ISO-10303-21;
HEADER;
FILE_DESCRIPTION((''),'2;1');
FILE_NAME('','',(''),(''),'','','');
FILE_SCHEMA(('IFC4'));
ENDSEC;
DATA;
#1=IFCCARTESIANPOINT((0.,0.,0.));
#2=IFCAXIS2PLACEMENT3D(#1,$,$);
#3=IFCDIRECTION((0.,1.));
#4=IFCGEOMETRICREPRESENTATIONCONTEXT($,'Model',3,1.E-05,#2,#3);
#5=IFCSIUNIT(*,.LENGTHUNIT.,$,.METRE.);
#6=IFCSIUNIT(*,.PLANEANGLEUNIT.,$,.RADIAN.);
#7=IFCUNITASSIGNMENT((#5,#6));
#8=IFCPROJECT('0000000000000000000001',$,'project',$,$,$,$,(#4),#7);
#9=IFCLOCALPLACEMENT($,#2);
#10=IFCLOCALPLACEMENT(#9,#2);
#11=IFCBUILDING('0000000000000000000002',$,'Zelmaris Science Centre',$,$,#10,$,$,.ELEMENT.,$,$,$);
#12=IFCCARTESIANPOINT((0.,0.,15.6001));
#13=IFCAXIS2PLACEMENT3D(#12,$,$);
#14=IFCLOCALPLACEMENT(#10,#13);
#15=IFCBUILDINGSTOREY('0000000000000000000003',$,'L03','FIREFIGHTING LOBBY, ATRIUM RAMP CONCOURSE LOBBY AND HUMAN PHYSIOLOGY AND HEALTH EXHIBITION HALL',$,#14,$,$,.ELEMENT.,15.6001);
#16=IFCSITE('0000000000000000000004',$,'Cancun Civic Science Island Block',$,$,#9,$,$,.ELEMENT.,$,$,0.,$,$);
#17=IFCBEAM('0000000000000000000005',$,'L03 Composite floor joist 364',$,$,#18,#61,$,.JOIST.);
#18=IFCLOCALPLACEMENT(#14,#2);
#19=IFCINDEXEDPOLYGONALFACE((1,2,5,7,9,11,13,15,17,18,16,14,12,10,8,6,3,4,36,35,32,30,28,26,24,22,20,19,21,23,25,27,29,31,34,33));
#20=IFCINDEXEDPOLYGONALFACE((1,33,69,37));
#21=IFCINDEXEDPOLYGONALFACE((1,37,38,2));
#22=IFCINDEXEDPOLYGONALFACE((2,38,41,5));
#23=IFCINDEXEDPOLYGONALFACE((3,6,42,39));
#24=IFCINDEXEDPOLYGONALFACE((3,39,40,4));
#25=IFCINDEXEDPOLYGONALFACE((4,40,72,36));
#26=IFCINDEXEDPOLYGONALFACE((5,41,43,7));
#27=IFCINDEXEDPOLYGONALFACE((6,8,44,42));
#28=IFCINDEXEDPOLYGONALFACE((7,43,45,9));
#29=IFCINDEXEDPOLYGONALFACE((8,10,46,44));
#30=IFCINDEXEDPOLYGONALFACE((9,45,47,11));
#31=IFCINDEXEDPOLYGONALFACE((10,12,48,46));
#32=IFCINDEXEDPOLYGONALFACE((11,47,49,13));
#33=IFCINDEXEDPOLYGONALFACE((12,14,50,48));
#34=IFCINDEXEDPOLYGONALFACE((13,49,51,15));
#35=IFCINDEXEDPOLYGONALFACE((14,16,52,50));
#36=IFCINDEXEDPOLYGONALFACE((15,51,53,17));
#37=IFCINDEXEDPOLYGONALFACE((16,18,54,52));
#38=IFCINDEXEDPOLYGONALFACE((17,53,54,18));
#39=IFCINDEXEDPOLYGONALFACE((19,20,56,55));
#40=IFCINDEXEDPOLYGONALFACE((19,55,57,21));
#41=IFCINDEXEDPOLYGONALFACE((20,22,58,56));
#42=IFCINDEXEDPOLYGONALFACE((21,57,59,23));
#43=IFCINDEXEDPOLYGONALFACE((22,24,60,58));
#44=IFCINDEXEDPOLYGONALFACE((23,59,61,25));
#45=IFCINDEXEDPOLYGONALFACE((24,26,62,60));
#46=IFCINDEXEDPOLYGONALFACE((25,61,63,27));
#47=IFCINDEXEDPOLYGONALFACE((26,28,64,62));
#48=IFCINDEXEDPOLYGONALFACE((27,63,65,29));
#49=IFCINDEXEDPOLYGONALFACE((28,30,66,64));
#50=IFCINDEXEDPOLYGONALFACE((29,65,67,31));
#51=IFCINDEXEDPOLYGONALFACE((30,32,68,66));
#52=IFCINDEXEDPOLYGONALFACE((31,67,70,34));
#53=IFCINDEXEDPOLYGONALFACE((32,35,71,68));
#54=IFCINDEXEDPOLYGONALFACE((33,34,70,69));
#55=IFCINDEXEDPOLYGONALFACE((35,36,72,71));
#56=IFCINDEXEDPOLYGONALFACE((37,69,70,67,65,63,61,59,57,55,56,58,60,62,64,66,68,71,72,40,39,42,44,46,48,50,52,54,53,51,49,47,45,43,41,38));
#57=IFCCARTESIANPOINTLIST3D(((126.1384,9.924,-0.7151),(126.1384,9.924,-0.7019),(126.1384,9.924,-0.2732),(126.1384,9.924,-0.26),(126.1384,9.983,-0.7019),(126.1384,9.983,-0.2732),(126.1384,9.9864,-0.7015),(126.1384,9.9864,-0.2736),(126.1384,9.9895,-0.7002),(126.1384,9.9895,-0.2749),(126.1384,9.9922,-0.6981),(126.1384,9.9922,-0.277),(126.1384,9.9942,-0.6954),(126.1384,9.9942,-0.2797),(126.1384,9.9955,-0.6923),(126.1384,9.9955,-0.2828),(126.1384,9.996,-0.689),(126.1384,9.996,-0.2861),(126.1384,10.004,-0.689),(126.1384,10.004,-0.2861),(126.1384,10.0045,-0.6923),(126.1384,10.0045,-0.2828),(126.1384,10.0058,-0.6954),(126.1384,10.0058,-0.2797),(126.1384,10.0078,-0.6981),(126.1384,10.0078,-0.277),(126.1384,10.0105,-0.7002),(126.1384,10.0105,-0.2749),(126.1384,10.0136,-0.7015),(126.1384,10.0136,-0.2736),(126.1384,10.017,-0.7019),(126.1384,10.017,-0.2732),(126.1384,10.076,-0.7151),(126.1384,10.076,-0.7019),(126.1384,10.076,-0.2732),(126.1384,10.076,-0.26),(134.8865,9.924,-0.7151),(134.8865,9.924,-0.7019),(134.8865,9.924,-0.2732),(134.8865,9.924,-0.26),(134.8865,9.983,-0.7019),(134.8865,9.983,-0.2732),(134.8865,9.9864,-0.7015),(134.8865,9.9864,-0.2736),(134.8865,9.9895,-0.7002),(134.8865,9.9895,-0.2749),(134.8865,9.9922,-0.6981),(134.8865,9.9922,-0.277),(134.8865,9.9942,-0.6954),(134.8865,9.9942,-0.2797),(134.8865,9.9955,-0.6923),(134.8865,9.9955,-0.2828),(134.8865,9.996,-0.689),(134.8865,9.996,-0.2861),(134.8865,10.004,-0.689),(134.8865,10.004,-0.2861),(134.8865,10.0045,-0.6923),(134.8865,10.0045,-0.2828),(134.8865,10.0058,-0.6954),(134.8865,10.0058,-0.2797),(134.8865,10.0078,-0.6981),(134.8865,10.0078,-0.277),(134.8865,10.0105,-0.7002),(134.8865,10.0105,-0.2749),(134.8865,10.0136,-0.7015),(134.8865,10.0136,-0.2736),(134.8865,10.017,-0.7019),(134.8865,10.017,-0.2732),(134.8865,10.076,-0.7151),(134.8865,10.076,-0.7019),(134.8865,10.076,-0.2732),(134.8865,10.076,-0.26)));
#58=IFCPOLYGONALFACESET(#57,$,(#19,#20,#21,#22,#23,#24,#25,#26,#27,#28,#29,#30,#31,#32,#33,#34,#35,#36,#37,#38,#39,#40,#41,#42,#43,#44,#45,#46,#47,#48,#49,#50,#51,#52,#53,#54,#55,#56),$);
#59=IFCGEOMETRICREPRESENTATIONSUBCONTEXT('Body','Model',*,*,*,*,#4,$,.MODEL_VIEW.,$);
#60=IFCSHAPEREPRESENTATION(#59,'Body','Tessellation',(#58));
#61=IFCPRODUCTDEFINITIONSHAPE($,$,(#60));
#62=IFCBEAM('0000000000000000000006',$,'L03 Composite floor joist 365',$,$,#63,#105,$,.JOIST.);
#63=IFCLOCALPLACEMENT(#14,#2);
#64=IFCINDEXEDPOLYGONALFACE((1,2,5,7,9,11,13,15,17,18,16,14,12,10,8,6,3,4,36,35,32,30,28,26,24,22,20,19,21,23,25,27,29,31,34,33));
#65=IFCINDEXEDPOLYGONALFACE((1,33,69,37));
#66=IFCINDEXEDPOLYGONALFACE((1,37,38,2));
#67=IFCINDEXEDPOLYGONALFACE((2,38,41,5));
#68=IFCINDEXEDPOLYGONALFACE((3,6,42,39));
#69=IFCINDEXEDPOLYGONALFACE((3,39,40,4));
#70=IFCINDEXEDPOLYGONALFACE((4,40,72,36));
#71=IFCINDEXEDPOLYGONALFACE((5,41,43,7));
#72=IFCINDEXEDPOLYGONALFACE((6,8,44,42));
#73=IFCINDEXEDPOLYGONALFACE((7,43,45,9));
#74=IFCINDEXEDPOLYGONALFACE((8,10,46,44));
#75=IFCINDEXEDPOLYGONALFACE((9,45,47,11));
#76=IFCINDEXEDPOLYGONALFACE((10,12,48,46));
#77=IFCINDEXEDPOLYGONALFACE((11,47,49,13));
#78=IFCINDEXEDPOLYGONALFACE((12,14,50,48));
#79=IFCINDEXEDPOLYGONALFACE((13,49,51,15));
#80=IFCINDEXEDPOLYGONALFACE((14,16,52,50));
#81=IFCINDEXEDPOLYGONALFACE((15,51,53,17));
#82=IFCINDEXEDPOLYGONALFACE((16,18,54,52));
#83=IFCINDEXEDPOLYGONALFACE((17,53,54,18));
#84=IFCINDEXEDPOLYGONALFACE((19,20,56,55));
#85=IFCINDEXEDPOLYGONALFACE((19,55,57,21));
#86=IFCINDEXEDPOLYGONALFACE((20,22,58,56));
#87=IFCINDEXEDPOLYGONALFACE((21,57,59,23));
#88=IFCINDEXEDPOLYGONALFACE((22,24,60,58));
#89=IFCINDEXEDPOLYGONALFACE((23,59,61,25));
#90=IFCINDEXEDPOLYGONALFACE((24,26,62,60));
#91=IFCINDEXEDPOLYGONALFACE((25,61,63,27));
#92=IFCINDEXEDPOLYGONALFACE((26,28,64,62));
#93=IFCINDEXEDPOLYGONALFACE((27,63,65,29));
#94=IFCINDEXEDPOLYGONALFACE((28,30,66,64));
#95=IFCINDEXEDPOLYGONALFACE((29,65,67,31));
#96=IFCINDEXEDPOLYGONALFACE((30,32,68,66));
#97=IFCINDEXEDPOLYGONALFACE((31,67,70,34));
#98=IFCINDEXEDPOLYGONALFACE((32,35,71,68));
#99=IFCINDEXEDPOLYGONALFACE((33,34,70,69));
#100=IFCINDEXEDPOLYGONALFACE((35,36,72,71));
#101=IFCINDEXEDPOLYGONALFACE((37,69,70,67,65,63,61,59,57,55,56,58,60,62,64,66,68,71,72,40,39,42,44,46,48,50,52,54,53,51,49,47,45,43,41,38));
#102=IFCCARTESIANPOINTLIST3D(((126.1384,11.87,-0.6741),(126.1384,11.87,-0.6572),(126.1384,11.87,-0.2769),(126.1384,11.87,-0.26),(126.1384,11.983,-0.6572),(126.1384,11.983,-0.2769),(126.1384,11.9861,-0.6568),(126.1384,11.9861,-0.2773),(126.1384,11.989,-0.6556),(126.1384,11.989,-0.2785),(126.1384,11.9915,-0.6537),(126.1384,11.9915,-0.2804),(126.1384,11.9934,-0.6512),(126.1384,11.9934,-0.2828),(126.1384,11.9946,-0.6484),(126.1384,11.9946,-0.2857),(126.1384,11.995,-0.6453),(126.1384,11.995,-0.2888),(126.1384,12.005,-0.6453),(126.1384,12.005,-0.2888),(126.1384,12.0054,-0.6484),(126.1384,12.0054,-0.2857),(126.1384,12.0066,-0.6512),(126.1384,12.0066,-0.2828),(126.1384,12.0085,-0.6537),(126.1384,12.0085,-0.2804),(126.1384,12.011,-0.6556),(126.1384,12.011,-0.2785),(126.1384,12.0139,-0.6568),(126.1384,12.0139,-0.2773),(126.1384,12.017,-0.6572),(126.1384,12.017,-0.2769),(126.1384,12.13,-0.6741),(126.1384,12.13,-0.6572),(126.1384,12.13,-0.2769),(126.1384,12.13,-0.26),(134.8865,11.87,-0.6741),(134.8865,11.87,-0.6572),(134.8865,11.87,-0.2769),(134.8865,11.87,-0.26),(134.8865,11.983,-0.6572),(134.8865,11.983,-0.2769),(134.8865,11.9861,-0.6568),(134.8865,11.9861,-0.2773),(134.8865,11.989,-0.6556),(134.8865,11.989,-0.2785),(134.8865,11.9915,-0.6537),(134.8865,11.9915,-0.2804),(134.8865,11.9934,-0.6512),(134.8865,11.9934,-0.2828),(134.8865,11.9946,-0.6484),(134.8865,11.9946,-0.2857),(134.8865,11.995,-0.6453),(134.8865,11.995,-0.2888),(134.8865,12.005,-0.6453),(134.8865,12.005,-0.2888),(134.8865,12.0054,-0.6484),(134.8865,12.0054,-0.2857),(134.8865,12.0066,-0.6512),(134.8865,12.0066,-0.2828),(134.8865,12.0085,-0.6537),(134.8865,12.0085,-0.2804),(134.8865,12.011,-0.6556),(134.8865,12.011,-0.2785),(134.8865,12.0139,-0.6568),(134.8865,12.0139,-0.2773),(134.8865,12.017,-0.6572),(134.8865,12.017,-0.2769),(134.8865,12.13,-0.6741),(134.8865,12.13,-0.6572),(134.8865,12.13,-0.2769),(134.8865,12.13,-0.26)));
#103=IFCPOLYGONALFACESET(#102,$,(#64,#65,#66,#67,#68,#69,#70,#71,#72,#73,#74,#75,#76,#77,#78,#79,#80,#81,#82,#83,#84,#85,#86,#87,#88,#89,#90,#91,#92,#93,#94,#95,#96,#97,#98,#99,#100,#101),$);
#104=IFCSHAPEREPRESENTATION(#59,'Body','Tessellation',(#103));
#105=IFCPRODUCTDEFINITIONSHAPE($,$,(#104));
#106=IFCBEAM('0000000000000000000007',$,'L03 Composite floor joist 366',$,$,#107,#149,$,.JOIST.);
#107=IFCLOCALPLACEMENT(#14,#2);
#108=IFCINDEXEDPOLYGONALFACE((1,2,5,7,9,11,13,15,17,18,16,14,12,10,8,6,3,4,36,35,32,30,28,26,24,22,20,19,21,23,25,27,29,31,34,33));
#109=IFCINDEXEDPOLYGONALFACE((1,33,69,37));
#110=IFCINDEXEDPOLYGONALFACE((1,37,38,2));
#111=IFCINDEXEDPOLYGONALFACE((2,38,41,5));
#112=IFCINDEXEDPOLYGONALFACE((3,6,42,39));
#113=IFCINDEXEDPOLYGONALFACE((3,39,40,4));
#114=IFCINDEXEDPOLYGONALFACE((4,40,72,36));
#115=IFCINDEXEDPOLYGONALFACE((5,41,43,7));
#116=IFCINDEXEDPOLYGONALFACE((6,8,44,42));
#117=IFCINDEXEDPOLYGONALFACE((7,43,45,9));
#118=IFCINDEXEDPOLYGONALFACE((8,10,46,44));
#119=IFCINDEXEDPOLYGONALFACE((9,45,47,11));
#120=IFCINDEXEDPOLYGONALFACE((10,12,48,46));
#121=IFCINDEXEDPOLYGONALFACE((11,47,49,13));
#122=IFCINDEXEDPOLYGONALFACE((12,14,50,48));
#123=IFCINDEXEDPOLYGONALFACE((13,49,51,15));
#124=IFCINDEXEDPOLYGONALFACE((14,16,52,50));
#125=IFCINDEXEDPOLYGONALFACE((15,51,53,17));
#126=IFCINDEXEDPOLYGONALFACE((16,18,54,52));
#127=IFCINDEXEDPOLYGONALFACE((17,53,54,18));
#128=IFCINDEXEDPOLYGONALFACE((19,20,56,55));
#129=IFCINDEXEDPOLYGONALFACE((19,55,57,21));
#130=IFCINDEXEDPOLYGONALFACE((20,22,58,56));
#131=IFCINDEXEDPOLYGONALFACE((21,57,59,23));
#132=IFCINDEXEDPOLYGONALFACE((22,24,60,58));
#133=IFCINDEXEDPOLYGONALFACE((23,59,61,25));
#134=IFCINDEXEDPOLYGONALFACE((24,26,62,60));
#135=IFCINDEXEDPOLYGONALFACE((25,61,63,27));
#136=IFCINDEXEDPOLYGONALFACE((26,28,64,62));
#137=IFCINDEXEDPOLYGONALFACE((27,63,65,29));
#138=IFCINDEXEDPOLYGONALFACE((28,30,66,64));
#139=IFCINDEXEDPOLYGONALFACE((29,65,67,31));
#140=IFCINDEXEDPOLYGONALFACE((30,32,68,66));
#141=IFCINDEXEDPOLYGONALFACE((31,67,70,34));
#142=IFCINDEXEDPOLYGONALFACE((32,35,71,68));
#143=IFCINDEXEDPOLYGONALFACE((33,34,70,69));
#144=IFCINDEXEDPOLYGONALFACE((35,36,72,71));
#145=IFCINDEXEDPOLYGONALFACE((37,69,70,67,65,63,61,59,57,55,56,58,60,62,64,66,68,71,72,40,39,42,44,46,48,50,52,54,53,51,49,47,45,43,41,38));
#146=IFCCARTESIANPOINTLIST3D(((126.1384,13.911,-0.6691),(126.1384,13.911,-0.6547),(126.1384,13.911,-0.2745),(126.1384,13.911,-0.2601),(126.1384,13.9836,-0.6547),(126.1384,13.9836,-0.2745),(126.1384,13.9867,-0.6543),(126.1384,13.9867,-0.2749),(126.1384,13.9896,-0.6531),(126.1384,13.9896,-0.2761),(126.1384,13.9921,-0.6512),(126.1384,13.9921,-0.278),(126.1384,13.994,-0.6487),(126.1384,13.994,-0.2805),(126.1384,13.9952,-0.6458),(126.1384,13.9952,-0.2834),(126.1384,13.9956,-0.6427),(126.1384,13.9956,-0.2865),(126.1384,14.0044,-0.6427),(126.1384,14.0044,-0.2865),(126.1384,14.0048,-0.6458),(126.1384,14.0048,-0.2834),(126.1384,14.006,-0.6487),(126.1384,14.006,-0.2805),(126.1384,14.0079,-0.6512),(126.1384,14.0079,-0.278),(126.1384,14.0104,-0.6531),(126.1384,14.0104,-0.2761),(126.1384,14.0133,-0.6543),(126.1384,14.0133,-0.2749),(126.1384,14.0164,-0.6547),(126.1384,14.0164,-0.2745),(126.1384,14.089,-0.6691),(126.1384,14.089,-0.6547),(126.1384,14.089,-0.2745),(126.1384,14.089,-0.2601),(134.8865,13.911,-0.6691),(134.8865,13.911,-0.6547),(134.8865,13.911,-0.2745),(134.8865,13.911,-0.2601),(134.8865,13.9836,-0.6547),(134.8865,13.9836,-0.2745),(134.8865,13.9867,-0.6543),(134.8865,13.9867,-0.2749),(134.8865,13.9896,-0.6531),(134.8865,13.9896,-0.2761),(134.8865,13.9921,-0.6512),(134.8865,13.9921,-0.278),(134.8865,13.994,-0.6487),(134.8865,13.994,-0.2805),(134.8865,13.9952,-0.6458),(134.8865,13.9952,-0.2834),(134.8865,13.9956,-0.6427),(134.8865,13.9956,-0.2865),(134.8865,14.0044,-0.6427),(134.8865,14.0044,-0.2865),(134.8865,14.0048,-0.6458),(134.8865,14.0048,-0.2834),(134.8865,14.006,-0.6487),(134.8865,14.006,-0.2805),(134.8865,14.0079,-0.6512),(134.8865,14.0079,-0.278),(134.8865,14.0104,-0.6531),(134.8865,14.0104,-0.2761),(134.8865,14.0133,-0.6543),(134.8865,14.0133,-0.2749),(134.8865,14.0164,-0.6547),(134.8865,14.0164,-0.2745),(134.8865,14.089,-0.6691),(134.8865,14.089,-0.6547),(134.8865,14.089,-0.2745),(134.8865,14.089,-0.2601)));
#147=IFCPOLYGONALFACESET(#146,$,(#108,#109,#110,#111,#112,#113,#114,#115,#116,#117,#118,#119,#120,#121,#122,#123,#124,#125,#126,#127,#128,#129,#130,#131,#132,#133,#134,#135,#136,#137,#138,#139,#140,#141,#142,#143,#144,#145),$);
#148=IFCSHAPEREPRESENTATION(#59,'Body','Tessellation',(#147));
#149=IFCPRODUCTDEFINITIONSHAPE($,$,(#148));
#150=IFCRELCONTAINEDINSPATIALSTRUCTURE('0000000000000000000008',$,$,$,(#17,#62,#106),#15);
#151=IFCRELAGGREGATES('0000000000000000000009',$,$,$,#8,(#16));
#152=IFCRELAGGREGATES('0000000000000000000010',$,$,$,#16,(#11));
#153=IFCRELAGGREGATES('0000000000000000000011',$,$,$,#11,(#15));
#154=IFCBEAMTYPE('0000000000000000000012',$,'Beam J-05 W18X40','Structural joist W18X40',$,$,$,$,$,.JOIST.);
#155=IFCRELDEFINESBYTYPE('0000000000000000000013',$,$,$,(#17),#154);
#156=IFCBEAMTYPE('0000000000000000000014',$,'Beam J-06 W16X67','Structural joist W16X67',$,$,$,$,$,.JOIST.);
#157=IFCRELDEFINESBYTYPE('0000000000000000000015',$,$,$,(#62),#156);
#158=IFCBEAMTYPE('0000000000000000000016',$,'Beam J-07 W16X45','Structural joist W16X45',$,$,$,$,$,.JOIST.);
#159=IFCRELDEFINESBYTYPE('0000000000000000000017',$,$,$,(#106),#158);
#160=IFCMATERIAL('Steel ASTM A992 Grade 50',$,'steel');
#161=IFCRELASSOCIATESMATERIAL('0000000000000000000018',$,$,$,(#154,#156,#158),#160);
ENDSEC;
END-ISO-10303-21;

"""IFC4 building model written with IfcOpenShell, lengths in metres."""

from ifc_helpers import new_model, si_unit, direction, frame, origin, origin_2d, place, context, subcontext, project, spatial, i_section, extrude, material, material_profile, profile_set, type_object, element, save


model = new_model("IFC4")

# Units and contexts
model_context = context("Model", 3, precision=1e-05, world=origin(), true_north=direction((0.0, 1.0)))
body_context = subcontext(model_context, "Body", "Model", "MODEL_VIEW")
ifc_project = project(units=[si_unit("LENGTHUNIT", "METRE"), si_unit("PLANEANGLEUNIT", "RADIAN")], contexts=[model_context])

# Site, building, storey
site_placement = place(None, origin())
site = spatial("IfcSite", under=ifc_project, at=site_placement, Name="Cancun Civic Science Island Block", CompositionType="ELEMENT", RefElevation=0.0)
building_placement = place(site_placement, origin())
building = spatial("IfcBuilding", under=site, at=building_placement, Name="Zelmaris Science Centre", CompositionType="ELEMENT")
storey_placement = place(building_placement, frame((0.0, 0.0, 15.6001)))
storey = spatial("IfcBuildingStorey", under=building, at=storey_placement, Name="L03", Description="FIREFIGHTING LOBBY, ATRIUM RAMP CONCOURSE LOBBY AND HUMAN PHYSIOLOGY AND HEALTH EXHIBITION HALL", CompositionType="ELEMENT", Elevation=15.6001)

# Beams
ifc_material_1 = material(Name="Steel ASTM A992 Grade 50", Category="steel")
ifc_material_profile_1 = material_profile(ifc_material_1, i_section(OverallWidth=0.1521, OverallDepth=0.4551, WebThickness=0.0081, FlangeThickness=0.0132, FilletRadius=0.0129, at=origin_2d()), Name="W18X40")
ifc_profile_set_1 = profile_set([ifc_material_profile_1], Name="Steel ASTM A992 Grade 50")
beam_type_1 = type_object("IfcBeamType", Name="Beam J-05 W18X40", Description="Structural joist W18X40", PredefinedType="JOIST", material=ifc_profile_set_1)
beam_1_placement = place(storey_placement, frame((126.1384, 10.0, -0.4875), z_axis=(1.0, 0.0, 0.0), x_axis=(0.0, 1.0, 0.0)))
element("IfcBeam", 1, at=beam_1_placement, inside=storey, type_object=beam_type_1, Name="L03 Composite floor joist 364", PredefinedType="JOIST", context=body_context, shape_type="SweptSolid", body=[
    extrude(i_section(OverallWidth=0.1521, OverallDepth=0.4551, WebThickness=0.0081, FlangeThickness=0.0132, FilletRadius=0.0129, at=origin_2d()), origin(), (0.0, 0.0, 1.0), 8.748),
])
ifc_material_profile_2 = material_profile(ifc_material_1, i_section(OverallWidth=0.26, OverallDepth=0.4141, WebThickness=0.01, FlangeThickness=0.0168, FilletRadius=0.012, at=origin_2d()), Name="W16X67")
ifc_profile_set_2 = profile_set([ifc_material_profile_2], Name="Steel ASTM A992 Grade 50")
beam_type_2 = type_object("IfcBeamType", Name="Beam J-06 W16X67", Description="Structural joist W16X67", PredefinedType="JOIST", material=ifc_profile_set_2)
beam_2_placement = place(storey_placement, frame((126.1384, 12.0, -0.467), z_axis=(1.0, 0.0, 0.0), x_axis=(0.0, 1.0, 0.0)))
element("IfcBeam", 2, at=beam_2_placement, inside=storey, type_object=beam_type_2, Name="L03 Composite floor joist 365", PredefinedType="JOIST", context=body_context, shape_type="SweptSolid", body=[
    extrude(i_section(OverallWidth=0.26, OverallDepth=0.4141, WebThickness=0.01, FlangeThickness=0.0168, FilletRadius=0.012, at=origin_2d()), origin(), (0.0, 0.0, 1.0), 8.748),
])
ifc_material_profile_3 = material_profile(ifc_material_1, i_section(OverallWidth=0.178, OverallDepth=0.4089, WebThickness=0.0088, FlangeThickness=0.0144, FilletRadius=0.012, at=origin_2d()), Name="W16X45")
ifc_profile_set_3 = profile_set([ifc_material_profile_3], Name="Steel ASTM A992 Grade 50")
beam_type_3 = type_object("IfcBeamType", Name="Beam J-07 W16X45", Description="Structural joist W16X45", PredefinedType="JOIST", material=ifc_profile_set_3)
beam_3_placement = place(storey_placement, frame((126.1384, 14.0, -0.4646), z_axis=(1.0, 0.0, 0.0), x_axis=(0.0, 1.0, 0.0)))
element("IfcBeam", 3, at=beam_3_placement, inside=storey, type_object=beam_type_3, Name="L03 Composite floor joist 366", PredefinedType="JOIST", context=body_context, shape_type="SweptSolid", body=[
    extrude(i_section(OverallWidth=0.178, OverallDepth=0.4089, WebThickness=0.0088, FlangeThickness=0.0144, FilletRadius=0.012, at=origin_2d()), origin(), (0.0, 0.0, 1.0), 8.748),
])

save(model, "model.ifc")
